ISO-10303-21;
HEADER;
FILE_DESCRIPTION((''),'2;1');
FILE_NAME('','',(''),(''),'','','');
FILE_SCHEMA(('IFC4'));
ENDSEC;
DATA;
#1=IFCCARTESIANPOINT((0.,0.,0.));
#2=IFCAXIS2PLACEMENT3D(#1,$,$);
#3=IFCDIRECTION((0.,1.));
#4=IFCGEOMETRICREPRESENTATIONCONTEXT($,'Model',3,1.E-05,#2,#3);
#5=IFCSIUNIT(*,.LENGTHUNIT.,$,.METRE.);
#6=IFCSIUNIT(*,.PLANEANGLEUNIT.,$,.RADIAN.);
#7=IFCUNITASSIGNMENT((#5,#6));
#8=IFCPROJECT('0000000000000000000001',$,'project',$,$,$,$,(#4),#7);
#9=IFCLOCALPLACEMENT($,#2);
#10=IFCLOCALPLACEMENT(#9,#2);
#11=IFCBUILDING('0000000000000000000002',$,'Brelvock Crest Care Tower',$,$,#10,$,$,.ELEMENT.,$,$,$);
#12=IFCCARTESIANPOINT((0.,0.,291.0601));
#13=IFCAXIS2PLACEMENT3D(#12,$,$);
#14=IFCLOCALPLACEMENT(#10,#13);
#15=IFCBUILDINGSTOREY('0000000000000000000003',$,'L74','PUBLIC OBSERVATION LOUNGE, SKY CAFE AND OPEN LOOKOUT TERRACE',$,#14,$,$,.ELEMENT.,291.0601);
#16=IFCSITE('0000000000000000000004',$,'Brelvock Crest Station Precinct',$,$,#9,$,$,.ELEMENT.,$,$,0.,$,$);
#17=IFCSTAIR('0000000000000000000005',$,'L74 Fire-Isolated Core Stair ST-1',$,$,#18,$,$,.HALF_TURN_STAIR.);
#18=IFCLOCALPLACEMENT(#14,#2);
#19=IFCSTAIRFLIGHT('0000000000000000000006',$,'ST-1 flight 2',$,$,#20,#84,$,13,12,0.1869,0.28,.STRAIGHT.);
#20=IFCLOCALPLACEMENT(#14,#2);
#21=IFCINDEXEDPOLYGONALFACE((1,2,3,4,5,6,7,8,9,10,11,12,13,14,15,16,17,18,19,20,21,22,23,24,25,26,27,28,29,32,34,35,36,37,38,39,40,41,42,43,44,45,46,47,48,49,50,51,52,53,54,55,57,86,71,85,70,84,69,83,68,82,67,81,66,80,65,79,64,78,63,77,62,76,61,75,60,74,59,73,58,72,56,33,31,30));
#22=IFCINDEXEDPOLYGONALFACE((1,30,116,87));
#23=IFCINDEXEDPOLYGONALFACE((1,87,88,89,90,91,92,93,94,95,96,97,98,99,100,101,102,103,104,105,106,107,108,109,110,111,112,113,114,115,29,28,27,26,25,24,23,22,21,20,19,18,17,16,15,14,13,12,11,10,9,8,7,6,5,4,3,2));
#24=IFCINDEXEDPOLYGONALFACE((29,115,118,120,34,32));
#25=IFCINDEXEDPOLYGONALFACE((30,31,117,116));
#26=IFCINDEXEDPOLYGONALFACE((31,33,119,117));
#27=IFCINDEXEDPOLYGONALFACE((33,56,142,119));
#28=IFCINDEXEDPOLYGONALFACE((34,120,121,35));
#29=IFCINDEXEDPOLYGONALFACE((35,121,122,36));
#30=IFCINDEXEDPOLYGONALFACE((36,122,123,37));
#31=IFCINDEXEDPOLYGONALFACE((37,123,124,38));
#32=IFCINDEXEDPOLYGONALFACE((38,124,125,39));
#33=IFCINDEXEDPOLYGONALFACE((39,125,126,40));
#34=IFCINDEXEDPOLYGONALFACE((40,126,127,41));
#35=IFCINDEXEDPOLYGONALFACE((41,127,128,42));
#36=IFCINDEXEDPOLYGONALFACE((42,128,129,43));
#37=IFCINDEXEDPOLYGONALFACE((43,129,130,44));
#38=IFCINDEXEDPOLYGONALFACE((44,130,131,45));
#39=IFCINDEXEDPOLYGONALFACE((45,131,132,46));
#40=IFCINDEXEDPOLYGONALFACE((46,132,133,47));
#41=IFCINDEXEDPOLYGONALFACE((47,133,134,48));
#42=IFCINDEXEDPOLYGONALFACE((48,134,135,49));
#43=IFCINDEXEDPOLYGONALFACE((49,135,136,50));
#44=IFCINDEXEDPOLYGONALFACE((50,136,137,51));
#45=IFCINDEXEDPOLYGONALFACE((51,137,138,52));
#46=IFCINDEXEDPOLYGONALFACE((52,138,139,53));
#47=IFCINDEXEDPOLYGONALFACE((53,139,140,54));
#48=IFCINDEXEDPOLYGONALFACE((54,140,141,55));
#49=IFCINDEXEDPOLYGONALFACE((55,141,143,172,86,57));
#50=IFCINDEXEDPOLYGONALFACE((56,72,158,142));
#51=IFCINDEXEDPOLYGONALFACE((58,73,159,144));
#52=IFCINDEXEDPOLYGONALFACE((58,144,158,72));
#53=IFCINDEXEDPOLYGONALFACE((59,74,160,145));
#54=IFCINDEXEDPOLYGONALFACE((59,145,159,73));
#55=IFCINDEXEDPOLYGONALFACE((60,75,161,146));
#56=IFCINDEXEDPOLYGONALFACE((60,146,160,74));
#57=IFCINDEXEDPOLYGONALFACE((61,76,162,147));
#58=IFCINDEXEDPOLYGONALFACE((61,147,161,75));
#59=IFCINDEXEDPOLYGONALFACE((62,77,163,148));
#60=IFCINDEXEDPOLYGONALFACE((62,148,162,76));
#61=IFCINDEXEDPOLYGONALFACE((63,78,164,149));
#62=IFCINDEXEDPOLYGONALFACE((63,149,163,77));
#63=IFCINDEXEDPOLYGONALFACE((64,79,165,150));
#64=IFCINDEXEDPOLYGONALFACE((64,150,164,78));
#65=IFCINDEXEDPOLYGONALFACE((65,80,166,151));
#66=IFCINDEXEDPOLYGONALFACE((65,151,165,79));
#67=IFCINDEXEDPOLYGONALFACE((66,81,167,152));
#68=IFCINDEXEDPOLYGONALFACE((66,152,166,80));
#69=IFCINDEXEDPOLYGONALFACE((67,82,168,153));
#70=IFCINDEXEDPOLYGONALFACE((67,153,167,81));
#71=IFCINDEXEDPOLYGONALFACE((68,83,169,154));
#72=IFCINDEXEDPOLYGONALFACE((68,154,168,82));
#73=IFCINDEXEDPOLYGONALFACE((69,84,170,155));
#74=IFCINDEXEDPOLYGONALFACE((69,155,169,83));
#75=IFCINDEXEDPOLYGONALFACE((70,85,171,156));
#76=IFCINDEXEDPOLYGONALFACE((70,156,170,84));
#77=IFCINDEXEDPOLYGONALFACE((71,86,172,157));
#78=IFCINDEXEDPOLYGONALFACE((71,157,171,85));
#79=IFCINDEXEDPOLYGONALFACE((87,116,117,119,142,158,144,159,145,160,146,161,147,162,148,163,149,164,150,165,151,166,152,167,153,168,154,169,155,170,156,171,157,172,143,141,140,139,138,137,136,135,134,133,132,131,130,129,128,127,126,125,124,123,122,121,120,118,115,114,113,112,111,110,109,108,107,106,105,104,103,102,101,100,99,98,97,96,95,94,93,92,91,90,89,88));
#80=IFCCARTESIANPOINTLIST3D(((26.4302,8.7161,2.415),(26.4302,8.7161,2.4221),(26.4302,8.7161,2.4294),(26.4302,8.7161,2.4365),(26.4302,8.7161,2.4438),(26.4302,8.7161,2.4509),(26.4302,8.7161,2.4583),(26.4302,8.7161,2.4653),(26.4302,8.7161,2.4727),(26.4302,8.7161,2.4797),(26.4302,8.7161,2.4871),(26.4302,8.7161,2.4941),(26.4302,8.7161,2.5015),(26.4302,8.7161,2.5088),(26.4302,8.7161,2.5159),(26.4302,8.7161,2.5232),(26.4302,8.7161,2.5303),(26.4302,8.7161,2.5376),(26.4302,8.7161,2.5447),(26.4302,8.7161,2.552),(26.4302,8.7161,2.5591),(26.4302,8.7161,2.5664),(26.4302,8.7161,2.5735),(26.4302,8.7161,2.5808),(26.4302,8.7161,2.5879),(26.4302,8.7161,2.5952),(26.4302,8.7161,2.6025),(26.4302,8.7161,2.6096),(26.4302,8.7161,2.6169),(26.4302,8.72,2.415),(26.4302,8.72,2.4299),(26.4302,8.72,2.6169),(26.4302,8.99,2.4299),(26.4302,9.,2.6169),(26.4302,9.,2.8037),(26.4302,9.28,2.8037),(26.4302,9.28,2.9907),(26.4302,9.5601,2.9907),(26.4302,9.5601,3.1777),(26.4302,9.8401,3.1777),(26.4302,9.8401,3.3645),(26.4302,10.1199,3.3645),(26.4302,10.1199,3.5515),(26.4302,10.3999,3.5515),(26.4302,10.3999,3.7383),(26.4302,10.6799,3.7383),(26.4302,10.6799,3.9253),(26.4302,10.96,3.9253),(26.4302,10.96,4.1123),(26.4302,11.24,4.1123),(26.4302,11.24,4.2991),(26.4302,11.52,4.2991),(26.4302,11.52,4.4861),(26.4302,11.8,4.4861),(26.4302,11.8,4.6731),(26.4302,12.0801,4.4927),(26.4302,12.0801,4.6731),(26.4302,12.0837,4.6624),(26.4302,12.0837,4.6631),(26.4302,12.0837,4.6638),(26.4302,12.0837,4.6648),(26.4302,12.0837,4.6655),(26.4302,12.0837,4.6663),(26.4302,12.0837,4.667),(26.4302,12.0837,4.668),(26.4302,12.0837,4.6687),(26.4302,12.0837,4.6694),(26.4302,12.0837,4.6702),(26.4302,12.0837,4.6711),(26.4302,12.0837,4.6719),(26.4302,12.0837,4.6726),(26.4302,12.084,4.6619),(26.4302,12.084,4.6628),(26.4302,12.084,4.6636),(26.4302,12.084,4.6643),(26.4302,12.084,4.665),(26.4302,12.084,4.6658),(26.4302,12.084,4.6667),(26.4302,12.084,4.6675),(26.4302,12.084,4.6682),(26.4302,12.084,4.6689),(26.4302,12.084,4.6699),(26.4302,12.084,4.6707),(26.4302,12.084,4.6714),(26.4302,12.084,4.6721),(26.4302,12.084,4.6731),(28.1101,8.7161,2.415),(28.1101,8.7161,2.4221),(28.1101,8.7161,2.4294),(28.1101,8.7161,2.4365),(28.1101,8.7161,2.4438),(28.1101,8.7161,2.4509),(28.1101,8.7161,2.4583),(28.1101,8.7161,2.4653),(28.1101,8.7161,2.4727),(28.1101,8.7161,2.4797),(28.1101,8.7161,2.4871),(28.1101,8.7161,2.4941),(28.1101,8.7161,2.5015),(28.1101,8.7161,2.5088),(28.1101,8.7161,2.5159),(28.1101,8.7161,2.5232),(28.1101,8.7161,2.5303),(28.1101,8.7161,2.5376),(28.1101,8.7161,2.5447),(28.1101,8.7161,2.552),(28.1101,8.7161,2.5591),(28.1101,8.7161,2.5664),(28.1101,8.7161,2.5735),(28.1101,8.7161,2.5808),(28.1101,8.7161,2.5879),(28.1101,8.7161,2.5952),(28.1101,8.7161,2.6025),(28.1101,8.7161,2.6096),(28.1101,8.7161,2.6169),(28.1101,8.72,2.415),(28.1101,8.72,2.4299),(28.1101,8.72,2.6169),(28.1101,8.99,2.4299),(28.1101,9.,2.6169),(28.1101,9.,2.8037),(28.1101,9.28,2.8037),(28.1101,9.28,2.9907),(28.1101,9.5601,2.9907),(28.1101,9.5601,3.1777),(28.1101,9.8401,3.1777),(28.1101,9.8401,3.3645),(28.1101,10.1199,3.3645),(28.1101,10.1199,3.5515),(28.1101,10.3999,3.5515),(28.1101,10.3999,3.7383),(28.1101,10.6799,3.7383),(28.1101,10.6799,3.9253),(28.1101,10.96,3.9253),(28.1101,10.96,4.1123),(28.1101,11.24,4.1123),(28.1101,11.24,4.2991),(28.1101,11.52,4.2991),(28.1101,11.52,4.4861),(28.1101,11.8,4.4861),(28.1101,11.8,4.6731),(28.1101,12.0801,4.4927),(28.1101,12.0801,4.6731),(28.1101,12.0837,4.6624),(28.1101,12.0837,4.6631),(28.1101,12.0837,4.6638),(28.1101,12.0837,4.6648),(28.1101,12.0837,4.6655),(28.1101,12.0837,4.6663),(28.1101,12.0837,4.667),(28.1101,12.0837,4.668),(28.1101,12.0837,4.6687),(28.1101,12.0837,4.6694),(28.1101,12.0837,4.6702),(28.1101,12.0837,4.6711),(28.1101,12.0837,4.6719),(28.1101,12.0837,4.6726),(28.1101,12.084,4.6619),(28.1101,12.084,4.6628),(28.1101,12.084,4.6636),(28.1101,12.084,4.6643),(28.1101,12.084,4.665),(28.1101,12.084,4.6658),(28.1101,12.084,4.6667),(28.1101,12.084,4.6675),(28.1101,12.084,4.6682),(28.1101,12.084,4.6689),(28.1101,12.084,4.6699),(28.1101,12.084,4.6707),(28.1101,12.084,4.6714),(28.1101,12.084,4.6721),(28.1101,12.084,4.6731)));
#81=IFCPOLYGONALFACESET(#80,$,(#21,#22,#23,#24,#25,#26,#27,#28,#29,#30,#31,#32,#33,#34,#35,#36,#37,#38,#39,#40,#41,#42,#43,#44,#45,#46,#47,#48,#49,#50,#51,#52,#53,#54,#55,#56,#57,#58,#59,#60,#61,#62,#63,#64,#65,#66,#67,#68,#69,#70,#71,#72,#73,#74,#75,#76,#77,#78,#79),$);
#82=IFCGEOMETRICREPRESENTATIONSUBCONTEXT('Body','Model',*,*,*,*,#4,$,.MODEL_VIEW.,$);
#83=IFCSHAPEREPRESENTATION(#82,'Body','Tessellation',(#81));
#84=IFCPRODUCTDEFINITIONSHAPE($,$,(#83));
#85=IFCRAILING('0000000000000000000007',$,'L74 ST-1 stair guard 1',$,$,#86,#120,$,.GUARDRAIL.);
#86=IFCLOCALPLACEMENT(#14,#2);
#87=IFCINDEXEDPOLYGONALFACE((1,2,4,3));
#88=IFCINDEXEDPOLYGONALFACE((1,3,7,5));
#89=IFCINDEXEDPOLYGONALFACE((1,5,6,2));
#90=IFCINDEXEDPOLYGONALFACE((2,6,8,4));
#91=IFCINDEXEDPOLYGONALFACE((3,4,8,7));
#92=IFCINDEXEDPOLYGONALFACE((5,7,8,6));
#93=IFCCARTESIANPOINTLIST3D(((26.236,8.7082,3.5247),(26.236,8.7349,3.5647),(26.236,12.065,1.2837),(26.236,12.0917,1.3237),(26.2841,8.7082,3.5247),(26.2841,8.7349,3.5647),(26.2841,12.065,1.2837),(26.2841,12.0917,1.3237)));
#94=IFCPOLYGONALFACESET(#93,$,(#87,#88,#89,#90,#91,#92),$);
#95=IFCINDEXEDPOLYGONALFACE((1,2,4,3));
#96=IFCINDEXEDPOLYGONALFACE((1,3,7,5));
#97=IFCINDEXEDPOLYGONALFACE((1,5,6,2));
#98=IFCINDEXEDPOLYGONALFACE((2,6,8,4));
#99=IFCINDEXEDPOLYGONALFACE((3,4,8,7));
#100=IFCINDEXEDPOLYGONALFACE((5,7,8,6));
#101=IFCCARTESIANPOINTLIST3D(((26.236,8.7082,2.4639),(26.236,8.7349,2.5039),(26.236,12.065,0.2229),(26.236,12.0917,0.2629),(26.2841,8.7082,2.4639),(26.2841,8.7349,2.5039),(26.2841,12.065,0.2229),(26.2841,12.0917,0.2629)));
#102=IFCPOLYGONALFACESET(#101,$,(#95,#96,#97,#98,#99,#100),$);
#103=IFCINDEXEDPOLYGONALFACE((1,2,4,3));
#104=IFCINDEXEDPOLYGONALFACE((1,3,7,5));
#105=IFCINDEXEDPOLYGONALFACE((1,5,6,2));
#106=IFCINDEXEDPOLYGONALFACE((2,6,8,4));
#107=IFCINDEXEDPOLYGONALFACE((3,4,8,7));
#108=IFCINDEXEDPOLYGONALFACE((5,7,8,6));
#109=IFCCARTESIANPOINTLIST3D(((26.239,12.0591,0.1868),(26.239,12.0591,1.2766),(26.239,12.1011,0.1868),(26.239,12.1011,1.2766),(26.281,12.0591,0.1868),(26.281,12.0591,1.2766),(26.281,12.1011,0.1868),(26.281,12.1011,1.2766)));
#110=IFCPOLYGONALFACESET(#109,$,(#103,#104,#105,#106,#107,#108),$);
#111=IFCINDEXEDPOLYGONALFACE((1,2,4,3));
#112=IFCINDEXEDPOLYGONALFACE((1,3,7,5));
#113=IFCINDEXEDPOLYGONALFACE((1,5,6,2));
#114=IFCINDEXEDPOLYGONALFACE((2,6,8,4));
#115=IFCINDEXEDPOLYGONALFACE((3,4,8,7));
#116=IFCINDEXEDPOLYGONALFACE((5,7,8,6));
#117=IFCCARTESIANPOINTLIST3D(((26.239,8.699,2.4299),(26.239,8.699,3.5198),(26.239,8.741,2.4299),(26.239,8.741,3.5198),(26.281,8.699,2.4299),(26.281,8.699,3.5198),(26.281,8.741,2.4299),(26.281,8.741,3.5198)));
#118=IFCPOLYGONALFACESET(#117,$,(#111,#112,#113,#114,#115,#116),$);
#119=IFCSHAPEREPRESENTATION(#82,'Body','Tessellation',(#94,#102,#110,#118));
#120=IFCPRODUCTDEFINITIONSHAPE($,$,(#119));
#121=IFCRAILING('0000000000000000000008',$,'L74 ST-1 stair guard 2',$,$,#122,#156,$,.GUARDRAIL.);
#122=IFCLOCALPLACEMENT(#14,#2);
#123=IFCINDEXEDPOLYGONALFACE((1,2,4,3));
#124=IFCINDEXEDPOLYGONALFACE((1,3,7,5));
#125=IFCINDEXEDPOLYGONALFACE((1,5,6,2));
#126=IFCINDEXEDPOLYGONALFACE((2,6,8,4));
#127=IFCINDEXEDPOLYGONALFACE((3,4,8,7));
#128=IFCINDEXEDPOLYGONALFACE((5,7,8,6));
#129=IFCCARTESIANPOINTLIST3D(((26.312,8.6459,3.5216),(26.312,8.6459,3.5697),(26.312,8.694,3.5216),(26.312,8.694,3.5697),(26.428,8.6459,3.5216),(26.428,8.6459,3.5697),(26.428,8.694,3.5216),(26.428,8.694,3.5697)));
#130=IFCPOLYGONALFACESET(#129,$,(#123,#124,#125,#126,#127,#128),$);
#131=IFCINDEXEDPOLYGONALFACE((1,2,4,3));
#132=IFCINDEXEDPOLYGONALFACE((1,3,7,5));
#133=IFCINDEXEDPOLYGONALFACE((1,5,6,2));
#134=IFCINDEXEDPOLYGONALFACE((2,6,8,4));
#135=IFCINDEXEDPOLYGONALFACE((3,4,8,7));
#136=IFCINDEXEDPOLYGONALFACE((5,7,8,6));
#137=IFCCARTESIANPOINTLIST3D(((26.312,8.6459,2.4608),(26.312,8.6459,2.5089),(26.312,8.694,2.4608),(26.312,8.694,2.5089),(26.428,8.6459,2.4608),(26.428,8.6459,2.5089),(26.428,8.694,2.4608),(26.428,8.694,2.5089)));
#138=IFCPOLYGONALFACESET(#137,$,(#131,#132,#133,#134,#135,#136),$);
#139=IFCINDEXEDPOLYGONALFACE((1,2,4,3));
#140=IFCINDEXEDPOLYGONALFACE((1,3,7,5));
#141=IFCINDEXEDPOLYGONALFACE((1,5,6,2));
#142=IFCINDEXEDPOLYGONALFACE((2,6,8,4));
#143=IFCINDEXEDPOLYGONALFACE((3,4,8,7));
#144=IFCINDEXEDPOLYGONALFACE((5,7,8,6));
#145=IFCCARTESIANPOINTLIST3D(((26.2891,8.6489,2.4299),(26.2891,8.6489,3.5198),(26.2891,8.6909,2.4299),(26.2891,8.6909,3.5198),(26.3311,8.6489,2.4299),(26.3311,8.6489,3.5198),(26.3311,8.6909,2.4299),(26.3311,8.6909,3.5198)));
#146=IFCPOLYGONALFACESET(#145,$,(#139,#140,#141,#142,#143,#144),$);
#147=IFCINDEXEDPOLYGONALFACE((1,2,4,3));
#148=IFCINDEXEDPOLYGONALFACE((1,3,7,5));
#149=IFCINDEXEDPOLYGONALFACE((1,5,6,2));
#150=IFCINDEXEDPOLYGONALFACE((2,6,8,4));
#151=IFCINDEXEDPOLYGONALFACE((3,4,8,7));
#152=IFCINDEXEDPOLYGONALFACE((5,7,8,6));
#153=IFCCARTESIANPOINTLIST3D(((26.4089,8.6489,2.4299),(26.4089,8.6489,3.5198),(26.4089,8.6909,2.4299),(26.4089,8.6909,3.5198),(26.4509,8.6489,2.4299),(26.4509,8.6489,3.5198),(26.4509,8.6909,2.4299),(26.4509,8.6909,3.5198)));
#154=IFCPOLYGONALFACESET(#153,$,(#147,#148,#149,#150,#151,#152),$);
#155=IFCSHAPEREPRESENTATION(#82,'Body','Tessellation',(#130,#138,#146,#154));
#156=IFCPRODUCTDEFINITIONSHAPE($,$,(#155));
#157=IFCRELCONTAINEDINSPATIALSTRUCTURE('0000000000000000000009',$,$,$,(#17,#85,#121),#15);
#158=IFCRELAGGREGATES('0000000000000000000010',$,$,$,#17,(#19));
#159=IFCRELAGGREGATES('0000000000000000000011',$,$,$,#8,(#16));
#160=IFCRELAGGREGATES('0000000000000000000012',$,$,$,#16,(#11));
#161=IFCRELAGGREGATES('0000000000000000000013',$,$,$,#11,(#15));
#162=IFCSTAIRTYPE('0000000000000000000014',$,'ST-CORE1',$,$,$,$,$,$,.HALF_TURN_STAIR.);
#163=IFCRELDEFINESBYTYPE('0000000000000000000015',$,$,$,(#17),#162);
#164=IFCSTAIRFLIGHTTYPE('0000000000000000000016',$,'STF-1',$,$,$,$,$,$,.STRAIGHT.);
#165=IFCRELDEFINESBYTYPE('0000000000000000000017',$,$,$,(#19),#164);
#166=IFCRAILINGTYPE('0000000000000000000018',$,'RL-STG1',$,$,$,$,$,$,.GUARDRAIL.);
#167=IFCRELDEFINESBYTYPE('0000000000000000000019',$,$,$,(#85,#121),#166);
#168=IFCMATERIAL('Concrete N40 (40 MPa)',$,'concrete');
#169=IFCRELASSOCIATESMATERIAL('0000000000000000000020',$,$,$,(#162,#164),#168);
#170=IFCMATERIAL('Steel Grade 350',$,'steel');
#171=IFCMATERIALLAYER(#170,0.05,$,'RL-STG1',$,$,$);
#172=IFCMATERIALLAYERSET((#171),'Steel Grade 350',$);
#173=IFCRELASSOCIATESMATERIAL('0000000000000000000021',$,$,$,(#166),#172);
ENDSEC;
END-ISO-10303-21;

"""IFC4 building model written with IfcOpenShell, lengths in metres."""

from ifc_helpers import new_model, si_unit, direction, frame, origin, origin_2d, place, context, subcontext, project, spatial, polyline, rectangle, outline, extrude, material, layer, layer_set, type_object, element, aggregate, save


model = new_model("IFC4")

# Units and contexts
model_context = context("Model", 3, precision=1e-05, world=origin(), true_north=direction((0.0, 1.0)))
body_context = subcontext(model_context, "Body", "Model", "MODEL_VIEW")
ifc_project = project(units=[si_unit("LENGTHUNIT", "METRE"), si_unit("PLANEANGLEUNIT", "RADIAN")], contexts=[model_context])

# Site, building, storey
site_placement = place(None, origin())
site = spatial("IfcSite", under=ifc_project, at=site_placement, Name="Brelvock Crest Station Precinct", CompositionType="ELEMENT", RefElevation=0.0)
building_placement = place(site_placement, origin())
building = spatial("IfcBuilding", under=site, at=building_placement, Name="Brelvock Crest Care Tower", CompositionType="ELEMENT")
storey_placement = place(building_placement, frame((0.0, 0.0, 291.0601)))
storey = spatial("IfcBuildingStorey", under=building, at=storey_placement, Name="L74", Description="PUBLIC OBSERVATION LOUNGE, SKY CAFE AND OPEN LOOKOUT TERRACE", CompositionType="ELEMENT", Elevation=291.0601)

# Shared definitions
ifc_material_1 = material(Name="Steel Grade 350", Category="steel")

# Stair, stair flight
ifc_material_2 = material(Name="Concrete N40 (40 MPa)", Category="concrete")
stair_type = type_object("IfcStairType", Name="ST-CORE1", PredefinedType="HALF_TURN_STAIR", material=ifc_material_2)
stair_placement = place(storey_placement, origin())
stair = element("IfcStair", 1, at=stair_placement, inside=storey, type_object=stair_type, Name="L74 Fire-Isolated Core Stair ST-1", PredefinedType="HALF_TURN_STAIR")
stair_flight_type = type_object("IfcStairFlightType", Name="STF-1", PredefinedType="STRAIGHT", material=ifc_material_2)
stair_flight_1_placement = place(storey_placement, frame((27.27, 8.72, 2.4299), z_axis=(0.0, 0.0, 1.0), x_axis=(0.0, 1.0, 0.0)))
stair_flight_1 = element("IfcStairFlight", 2, at=stair_flight_1_placement, type_object=stair_flight_type, Name="ST-1 flight 2", NumberOfRisers=13, NumberOfTreads=12, PredefinedType="STRAIGHT", RiserHeight=0.1869, TreadLength=0.28, context=body_context, shape_type="SweptSolid", body=[
    extrude(outline(polyline([(-0.0039, -0.0149), (-0.0039, -0.0078), (-0.0039, -0.0005), (-0.0039, 0.0066), (-0.0039, 0.0139), (-0.0039, 0.021), (-0.0039, 0.0283), (-0.0039, 0.0354), (-0.0039, 0.0427), (-0.0039, 0.0498), (-0.0039, 0.0571), (-0.0039, 0.0642), (-0.0039, 0.0715), (-0.0039, 0.0789), (-0.0039, 0.0859), (-0.0039, 0.0933), (-0.0039, 0.1003), (-0.0039, 0.1077), (-0.0039, 0.1147), (-0.0039, 0.1221), (-0.0039, 0.1292), (-0.0039, 0.1365), (-0.0039, 0.1436), (-0.0039, 0.1509), (-0.0039, 0.158), (-0.0039, 0.1653), (-0.0039, 0.1726), (-0.0039, 0.1797), (-0.0039, 0.187), (0.0, 0.187), (0.28, 0.187), (0.28, 0.3738), (0.5601, 0.3738), (0.5601, 0.5608), (0.8401, 0.5608), (0.8401, 0.7478), (1.1201, 0.7478), (1.1201, 0.9346), (1.3999, 0.9346), (1.3999, 1.1216), (1.6799, 1.1216), (1.6799, 1.3083), (1.96, 1.3083), (1.96, 1.4954), (2.24, 1.4954), (2.24, 1.6824), (2.52, 1.6824), (2.52, 1.8691), (2.8, 1.8691), (2.8, 2.0562), (3.0801, 2.0562), (3.0801, 2.2432), (3.3601, 2.2432), (3.364, 2.2432), (3.3638, 2.2427), (3.364, 2.2422), (3.3638, 2.2419), (3.364, 2.2415), (3.3638, 2.2412), (3.364, 2.2407), (3.3638, 2.2402), (3.364, 2.24), (3.3638, 2.2395), (3.364, 2.239), (3.3638, 2.2388), (3.364, 2.2383), (3.3638, 2.238), (3.364, 2.2375), (3.3638, 2.2371), (3.364, 2.2368), (3.3638, 2.2363), (3.364, 2.2358), (3.3638, 2.2356), (3.364, 2.2351), (3.3638, 2.2349), (3.364, 2.2344), (3.3638, 2.2339), (3.364, 2.2336), (3.3638, 2.2332), (3.364, 2.2329), (3.3638, 2.2324), (3.364, 2.2319), (3.3601, 2.0627), (0.27, 0.0), (0.0, 0.0), (0.0, -0.0149), (-0.0039, -0.0149)])), frame((0.0, 0.8398, 0.0), z_axis=(0.0, -1.0, 0.0), x_axis=(1.0, 0.0, 0.0)), (0.0, 0.0, 1.0), 1.6799),
])
aggregate(stair, [stair_flight_1])

# Railings
ifc_layer_1 = layer(ifc_material_1, 0.05, Name="RL-STG1")
ifc_layer_set_1 = layer_set([ifc_layer_1], Name="Steel Grade 350")
railing_type_1 = type_object("IfcRailingType", Name="RL-STG1", PredefinedType="GUARDRAIL", material=ifc_layer_set_1)
railing_1_placement = place(storey_placement, frame((26.26, 12.0801, 0.1868)))
element("IfcRailing", 3, at=railing_1_placement, inside=storey, type_object=railing_type_1, Name="L74 ST-1 stair guard 1", PredefinedType="GUARDRAIL", context=body_context, shape_type="SweptSolid", body=[
    extrude(rectangle(XDim=0.0481, YDim=0.0481, at=origin_2d()), frame((0.0, -0.0017, 1.1169), z_axis=(0.0, -0.831697, 0.55523), x_axis=(1.0, 0.0, 0.0)), (0.0, 0.0, 1.0), 4.0361),
    extrude(rectangle(XDim=0.0481, YDim=0.0481, at=origin_2d()), frame((0.0, -0.0017, 0.0562), z_axis=(0.0, -0.831697, 0.55523), x_axis=(1.0, 0.0, 0.0)), (0.0, 0.0, 1.0), 4.0361),
    extrude(rectangle(XDim=0.042, YDim=0.042, at=origin_2d()), origin(), (0.0, 0.0, 1.0), 1.0898),
    extrude(rectangle(XDim=0.042, YDim=0.042, at=origin_2d()), frame((0.0, -3.3601, 2.2432)), (0.0, 0.0, 1.0), 1.0898),
])
railing_2_placement = place(storey_placement, frame((26.3101, 8.6699, 2.4299)))
element("IfcRailing", 4, at=railing_2_placement, inside=storey, type_object=railing_type_1, Name="L74 ST-1 stair guard 2", PredefinedType="GUARDRAIL", context=body_context, shape_type="SweptSolid", body=[
    extrude(rectangle(XDim=0.0481, YDim=0.0481, at=origin_2d()), frame((0.002, 0.0, 1.1157), z_axis=(1.0, 0.0, 0.0), x_axis=(0.0, 1.0, 0.0)), (0.0, 0.0, 1.0), 0.116),
    extrude(rectangle(XDim=0.0481, YDim=0.0481, at=origin_2d()), frame((0.002, 0.0, 0.0549), z_axis=(1.0, 0.0, 0.0), x_axis=(0.0, 1.0, 0.0)), (0.0, 0.0, 1.0), 0.116),
    extrude(rectangle(XDim=0.042, YDim=0.042, at=origin_2d()), origin(), (0.0, 0.0, 1.0), 1.0898),
    extrude(rectangle(XDim=0.042, YDim=0.042, at=origin_2d()), frame((0.1199, 0.0, 0.0)), (0.0, 0.0, 1.0), 1.0898),
])

save(model, "model.ifc")
